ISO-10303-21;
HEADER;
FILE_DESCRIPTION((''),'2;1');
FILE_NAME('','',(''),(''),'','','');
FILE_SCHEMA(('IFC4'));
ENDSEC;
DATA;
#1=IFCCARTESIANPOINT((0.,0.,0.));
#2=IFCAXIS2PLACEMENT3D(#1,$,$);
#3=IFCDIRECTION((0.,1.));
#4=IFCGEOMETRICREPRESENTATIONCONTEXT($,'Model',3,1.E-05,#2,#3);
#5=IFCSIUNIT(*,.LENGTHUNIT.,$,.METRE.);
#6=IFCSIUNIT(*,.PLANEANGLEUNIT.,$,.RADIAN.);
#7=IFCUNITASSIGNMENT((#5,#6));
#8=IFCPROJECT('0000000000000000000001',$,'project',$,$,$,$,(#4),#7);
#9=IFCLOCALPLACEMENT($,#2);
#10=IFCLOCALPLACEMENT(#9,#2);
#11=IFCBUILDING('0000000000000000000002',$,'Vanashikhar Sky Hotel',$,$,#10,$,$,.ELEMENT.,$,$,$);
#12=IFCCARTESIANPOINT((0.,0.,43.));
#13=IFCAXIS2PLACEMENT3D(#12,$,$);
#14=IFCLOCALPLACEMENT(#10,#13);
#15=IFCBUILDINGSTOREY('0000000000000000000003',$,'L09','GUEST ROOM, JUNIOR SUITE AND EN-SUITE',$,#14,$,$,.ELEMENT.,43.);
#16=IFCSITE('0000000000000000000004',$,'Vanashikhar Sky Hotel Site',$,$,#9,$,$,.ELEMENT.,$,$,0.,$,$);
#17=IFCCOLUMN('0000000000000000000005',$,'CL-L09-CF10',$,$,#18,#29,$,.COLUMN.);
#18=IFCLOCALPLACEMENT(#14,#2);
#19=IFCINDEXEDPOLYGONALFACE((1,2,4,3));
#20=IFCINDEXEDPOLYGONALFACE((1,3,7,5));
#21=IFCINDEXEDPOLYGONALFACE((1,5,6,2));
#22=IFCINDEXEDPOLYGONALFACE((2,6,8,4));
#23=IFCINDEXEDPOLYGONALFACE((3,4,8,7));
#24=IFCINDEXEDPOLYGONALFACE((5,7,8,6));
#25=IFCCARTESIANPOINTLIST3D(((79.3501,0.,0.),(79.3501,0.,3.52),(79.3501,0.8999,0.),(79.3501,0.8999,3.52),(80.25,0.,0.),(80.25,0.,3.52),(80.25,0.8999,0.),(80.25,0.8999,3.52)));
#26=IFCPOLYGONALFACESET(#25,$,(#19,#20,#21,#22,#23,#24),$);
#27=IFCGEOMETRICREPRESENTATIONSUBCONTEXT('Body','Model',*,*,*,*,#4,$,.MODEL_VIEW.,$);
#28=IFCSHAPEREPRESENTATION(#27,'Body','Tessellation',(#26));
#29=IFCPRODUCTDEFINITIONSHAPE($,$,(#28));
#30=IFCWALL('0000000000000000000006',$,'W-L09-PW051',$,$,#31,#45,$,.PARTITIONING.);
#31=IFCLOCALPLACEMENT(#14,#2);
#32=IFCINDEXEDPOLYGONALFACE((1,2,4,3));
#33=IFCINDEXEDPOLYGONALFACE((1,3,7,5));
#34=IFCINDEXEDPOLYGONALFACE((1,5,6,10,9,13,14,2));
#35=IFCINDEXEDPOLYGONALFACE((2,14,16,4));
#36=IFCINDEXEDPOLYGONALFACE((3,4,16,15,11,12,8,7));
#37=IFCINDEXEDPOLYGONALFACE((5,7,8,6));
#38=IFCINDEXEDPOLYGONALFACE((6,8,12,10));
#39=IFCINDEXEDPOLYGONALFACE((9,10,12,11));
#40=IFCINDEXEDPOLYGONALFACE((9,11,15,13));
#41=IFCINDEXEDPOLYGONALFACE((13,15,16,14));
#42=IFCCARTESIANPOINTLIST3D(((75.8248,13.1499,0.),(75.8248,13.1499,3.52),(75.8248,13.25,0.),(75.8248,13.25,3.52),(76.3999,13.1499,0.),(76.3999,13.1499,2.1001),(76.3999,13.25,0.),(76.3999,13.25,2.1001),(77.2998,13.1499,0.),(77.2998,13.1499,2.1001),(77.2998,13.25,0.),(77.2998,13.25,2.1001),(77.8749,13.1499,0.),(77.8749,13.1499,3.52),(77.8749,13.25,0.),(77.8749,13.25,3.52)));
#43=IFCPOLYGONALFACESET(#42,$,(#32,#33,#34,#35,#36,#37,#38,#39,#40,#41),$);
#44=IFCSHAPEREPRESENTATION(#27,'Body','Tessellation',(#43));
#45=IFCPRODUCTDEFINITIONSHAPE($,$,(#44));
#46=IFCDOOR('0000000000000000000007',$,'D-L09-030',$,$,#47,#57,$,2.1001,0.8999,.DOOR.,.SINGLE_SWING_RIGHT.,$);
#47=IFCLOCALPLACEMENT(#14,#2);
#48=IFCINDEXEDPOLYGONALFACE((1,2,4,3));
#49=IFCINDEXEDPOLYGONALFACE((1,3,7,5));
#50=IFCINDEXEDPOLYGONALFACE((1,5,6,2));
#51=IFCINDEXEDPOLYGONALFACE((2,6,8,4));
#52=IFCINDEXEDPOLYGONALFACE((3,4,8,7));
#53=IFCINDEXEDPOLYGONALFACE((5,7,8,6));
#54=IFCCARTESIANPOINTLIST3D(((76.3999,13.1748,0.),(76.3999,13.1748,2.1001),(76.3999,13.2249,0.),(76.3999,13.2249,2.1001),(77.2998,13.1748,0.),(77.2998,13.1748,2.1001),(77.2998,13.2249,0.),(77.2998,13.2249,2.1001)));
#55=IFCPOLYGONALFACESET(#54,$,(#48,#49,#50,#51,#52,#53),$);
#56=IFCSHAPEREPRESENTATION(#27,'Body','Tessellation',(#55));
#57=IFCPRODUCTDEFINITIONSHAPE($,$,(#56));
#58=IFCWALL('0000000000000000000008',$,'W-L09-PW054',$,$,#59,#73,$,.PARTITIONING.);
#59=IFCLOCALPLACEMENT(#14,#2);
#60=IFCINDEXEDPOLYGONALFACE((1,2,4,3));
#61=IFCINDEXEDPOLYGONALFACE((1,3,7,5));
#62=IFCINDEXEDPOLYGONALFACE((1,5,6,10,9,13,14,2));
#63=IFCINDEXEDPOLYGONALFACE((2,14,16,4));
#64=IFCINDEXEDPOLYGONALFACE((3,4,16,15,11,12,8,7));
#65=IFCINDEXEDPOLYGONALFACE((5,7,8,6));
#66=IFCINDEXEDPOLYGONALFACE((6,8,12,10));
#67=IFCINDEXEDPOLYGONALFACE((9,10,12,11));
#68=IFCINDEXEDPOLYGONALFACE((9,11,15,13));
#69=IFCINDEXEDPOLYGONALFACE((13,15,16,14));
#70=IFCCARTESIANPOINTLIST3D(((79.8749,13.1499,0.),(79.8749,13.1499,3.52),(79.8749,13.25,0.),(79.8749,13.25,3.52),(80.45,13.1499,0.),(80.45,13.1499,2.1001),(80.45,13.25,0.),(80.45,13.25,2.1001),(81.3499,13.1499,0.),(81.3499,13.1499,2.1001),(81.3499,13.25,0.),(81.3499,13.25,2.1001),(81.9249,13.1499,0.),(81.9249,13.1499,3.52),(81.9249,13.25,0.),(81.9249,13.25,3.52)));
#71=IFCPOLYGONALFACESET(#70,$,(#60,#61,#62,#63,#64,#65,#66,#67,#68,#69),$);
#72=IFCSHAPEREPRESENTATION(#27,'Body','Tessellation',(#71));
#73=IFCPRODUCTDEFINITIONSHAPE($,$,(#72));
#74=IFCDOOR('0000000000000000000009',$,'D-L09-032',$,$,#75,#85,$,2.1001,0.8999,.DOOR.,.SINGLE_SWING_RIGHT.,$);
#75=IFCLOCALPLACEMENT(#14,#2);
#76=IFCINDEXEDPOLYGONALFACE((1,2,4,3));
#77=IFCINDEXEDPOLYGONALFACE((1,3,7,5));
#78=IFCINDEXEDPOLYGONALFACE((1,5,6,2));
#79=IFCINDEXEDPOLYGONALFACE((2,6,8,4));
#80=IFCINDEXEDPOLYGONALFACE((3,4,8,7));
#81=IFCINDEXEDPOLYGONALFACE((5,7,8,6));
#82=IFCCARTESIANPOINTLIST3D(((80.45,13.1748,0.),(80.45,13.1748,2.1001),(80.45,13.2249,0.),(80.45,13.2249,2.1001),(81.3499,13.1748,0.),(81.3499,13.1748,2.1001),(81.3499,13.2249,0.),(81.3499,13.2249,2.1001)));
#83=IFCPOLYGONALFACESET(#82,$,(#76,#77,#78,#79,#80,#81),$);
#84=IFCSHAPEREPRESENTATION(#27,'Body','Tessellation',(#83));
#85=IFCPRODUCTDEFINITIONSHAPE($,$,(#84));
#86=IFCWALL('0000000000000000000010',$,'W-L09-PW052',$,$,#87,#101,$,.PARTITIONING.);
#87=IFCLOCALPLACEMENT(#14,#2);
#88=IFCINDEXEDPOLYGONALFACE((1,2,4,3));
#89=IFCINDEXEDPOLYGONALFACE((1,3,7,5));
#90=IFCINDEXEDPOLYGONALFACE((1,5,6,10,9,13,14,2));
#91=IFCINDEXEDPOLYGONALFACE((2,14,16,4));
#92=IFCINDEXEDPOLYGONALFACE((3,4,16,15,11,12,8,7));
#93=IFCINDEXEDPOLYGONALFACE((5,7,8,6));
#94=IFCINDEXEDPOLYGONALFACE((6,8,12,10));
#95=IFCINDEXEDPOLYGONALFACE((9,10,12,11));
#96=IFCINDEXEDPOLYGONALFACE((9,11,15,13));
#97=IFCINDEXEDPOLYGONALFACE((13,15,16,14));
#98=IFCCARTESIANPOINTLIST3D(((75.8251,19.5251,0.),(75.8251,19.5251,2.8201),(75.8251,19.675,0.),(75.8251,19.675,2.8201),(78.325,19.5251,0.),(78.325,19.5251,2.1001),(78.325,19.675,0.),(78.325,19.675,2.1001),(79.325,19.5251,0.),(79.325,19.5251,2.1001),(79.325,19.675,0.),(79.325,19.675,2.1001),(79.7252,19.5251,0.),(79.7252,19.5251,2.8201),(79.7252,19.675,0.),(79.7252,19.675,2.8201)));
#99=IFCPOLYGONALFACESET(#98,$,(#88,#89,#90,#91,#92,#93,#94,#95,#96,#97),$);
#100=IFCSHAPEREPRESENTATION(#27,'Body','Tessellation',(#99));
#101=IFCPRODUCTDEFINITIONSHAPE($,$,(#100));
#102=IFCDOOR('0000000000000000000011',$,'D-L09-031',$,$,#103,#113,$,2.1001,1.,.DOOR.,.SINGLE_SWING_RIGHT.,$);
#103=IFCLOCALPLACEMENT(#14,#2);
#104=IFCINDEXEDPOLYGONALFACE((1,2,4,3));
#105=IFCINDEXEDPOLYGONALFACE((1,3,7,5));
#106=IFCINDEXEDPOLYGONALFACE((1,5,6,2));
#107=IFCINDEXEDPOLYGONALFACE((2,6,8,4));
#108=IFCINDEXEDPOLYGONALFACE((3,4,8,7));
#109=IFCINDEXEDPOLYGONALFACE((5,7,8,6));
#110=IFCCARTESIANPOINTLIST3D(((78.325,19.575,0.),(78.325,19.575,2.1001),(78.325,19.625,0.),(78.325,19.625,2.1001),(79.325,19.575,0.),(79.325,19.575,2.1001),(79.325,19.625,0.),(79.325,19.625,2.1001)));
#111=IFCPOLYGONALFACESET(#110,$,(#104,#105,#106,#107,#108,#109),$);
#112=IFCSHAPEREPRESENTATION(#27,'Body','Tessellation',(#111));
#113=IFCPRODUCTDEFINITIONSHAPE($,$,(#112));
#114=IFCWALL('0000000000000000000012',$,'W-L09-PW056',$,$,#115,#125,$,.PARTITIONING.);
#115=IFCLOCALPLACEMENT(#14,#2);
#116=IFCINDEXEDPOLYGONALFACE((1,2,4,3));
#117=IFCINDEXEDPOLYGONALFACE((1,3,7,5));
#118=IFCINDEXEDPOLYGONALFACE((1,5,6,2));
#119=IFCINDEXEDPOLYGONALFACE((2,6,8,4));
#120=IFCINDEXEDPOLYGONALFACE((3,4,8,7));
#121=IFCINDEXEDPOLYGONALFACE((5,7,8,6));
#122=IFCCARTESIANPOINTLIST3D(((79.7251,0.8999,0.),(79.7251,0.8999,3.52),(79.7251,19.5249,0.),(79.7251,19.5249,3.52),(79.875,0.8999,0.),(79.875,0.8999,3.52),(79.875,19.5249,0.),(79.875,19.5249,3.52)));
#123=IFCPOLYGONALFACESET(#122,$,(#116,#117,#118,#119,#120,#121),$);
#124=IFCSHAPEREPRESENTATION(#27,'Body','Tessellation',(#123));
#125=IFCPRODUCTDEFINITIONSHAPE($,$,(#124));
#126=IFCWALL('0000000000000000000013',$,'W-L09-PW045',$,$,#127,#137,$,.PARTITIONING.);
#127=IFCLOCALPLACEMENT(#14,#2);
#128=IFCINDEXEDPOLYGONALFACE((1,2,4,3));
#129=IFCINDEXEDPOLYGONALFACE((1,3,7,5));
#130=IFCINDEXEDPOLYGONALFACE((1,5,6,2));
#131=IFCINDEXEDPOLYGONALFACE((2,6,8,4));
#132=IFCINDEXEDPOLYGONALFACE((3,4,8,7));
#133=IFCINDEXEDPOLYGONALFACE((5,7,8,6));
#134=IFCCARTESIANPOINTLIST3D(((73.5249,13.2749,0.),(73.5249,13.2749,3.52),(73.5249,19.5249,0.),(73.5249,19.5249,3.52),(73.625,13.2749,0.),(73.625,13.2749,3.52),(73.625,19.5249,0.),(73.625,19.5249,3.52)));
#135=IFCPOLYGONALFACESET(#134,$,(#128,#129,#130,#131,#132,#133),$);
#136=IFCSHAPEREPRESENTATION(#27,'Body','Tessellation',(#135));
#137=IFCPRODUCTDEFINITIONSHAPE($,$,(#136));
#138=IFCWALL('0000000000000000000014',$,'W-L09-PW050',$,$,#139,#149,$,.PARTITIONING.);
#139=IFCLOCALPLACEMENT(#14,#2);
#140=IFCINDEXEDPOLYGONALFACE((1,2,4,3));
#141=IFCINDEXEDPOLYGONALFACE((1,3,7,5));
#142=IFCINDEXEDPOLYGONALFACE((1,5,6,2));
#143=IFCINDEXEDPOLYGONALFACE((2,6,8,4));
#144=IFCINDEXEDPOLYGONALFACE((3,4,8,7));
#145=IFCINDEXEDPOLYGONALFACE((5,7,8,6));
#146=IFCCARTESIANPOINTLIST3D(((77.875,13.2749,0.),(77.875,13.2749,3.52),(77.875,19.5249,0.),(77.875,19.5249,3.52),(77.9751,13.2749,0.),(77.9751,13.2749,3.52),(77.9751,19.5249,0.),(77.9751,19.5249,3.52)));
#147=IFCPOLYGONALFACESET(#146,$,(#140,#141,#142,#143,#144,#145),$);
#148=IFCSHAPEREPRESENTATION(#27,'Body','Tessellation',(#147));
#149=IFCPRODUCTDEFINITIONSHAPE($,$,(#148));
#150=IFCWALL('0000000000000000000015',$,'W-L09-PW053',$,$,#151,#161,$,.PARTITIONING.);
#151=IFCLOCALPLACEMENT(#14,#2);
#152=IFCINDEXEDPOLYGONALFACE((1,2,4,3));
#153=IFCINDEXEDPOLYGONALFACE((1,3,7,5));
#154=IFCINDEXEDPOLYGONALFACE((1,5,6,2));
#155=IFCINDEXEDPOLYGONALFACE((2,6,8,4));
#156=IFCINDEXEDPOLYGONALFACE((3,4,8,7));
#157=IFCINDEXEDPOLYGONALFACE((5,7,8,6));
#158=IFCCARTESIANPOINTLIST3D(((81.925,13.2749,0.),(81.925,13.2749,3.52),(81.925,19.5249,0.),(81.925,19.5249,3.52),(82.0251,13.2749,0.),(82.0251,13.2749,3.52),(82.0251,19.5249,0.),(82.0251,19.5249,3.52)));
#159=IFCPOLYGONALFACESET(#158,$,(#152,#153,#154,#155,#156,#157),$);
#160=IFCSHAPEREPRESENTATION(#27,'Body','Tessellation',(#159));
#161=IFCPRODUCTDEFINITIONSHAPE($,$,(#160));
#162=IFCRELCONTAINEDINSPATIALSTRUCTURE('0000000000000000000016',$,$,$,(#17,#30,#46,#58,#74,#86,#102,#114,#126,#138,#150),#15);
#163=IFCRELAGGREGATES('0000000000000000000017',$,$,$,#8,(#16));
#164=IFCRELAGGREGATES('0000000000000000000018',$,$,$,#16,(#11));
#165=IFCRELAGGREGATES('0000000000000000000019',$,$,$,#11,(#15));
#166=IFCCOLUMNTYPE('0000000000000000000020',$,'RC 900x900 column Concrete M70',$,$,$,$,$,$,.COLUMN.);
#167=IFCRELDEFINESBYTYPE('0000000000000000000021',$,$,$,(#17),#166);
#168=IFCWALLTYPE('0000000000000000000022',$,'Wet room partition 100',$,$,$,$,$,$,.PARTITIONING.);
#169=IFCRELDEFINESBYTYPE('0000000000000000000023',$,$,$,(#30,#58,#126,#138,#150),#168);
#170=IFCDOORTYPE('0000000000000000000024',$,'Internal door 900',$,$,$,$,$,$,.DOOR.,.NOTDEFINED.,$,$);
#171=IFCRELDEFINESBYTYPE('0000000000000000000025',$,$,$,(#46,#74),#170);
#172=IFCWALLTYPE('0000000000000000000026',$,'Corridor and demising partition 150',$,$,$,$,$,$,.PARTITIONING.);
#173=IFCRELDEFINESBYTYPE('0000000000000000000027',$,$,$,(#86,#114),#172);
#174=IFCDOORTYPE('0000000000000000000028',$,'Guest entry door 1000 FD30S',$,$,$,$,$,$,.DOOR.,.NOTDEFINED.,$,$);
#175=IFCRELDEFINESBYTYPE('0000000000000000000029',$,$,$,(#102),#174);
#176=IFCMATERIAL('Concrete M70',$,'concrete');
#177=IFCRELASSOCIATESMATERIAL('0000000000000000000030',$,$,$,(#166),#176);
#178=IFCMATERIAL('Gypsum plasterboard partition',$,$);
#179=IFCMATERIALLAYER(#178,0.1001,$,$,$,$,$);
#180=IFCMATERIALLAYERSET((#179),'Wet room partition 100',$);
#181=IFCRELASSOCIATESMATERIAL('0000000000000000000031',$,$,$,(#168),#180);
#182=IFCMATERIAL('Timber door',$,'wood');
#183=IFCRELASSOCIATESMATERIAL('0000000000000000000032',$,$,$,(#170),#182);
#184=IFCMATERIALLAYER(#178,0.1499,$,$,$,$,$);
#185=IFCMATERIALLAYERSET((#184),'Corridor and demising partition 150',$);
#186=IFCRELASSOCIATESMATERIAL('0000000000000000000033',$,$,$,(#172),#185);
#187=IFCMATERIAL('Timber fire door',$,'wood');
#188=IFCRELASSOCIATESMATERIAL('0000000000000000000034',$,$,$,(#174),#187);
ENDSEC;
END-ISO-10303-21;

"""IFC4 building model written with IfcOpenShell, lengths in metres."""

from ifc_helpers import new_model, si_unit, direction, frame, frame_2d, origin, origin_2d, place, context, subcontext, project, spatial, rectangle, extrude, source, transform, mapped, material, layer, layer_set, material_profile, profile_set, type_object, element, fill, save


model = new_model("IFC4")

# Units and contexts
model_context = context("Model", 3, precision=1e-05, world=origin(), true_north=direction((0.0, 1.0)))
body_context = subcontext(model_context, "Body", "Model", "MODEL_VIEW")
ifc_project = project(units=[si_unit("LENGTHUNIT", "METRE"), si_unit("PLANEANGLEUNIT", "RADIAN")], contexts=[model_context])

# Site, building, storey
site_placement = place(None, origin())
site = spatial("IfcSite", under=ifc_project, at=site_placement, Name="Vanashikhar Sky Hotel Site", CompositionType="ELEMENT", RefElevation=0.0)
building_placement = place(site_placement, origin())
building = spatial("IfcBuilding", under=site, at=building_placement, Name="Vanashikhar Sky Hotel", CompositionType="ELEMENT")
storey_placement = place(building_placement, frame((0.0, 0.0, 43.0)))
storey = spatial("IfcBuildingStorey", under=building, at=storey_placement, Name="L09", Description="GUEST ROOM, JUNIOR SUITE AND EN-SUITE", CompositionType="ELEMENT", Elevation=43.0)

# Column
ifc_material_1 = material(Name="Concrete M70", Category="concrete")
ifc_material_profile = material_profile(ifc_material_1, rectangle(XDim=0.8999, YDim=0.8999, at=origin_2d()))
ifc_profile_set = profile_set([ifc_material_profile], Name="RC 900x900 column Concrete M70")
column_type = type_object("IfcColumnType", Name="RC 900x900 column Concrete M70", PredefinedType="COLUMN", material=ifc_profile_set)
shared_shape_1 = source(origin(), body_context, "Body", "SweptSolid", [
    extrude(rectangle(XDim=0.8999, YDim=0.8999, at=origin_2d()), origin(), (0.0, 0.0, 1.0), 3.52),
])
column_placement = place(storey_placement, frame((79.8, 0.45, 0.0), z_axis=(0.0, 0.0, 1.0), x_axis=(1.0, 0.0, 0.0)))
element("IfcColumn", 1, at=column_placement, inside=storey, type_object=column_type, Name="CL-L09-CF10", PredefinedType="COLUMN", context=body_context, shape_type="MappedRepresentation", body=[
    mapped(shared_shape_1, transform((0.0, 0.0, 0.0), scale=1.0)),
])

# Walls, openings, doors
ifc_material_2 = material(Name="Gypsum plasterboard partition")
ifc_layer_1 = layer(ifc_material_2, 0.1001)
ifc_layer_set_1 = layer_set([ifc_layer_1], Name="Wet room partition 100")
wall_type_1 = type_object("IfcWallType", Name="Wet room partition 100", PredefinedType="PARTITIONING", material=ifc_layer_set_1)
shared_shape_2 = source(origin(), body_context, "Body", "SweptSolid", [
    extrude(rectangle(XDim=2.05, YDim=0.1001, at=frame_2d((1.0249, 0.0))), origin(), (0.0, 0.0, 1.0), 3.52),
])
wall_1_placement = place(storey_placement, frame((75.825, 13.2, 0.0), z_axis=(0.0, 0.0, 1.0), x_axis=(1.0, 0.0, 0.0)))
wall_1 = element("IfcWall", 2, at=wall_1_placement, inside=storey, type_object=wall_type_1, Name="W-L09-PW051", PredefinedType="PARTITIONING", context=body_context, shape_type="MappedRepresentation", body=[
    mapped(shared_shape_2, transform((0.0, 0.0, 0.0), scale=1.0)),
])
shared_shape_3 = source(origin(), body_context, "Body", "SweptSolid", [
    extrude(rectangle(XDim=0.8999, YDim=2.1001, at=frame_2d((0.45, 1.05))), frame((0.0, 0.0601, 0.0), z_axis=(0.0, -1.0, 0.0), x_axis=(1.0, 0.0, 0.0)), (0.0, 0.0, 1.0), 0.1201),
])
opening_1_placement = place(wall_1_placement, frame((0.575, 0.0, 0.0)))
opening_1 = element("IfcOpeningElement", 3, at=opening_1_placement, cuts=wall_1, PredefinedType="OPENING", context=body_context, shape_type="MappedRepresentation", body=[
    mapped(shared_shape_3, transform((0.0, 0.0, 0.0), scale=1.0)),
])
ifc_material_3 = material(Name="Timber door", Category="wood")
door_type_1 = type_object("IfcDoorType", Name="Internal door 900", OperationType="NOTDEFINED", PredefinedType="DOOR", material=ifc_material_3)
shared_shape_4 = source(origin(), body_context, "Body", "SweptSolid", [
    extrude(rectangle(XDim=0.8999, YDim=2.1001, at=frame_2d((0.45, 1.05))), frame((0.0, 0.0249, 0.0), z_axis=(0.0, -1.0, 0.0), x_axis=(1.0, 0.0, 0.0)), (0.0, 0.0, 1.0), 0.05),
])
door_1_placement = place(opening_1_placement, origin())
door_1 = element("IfcDoor", 4, at=door_1_placement, inside=storey, type_object=door_type_1, Name="D-L09-030", OperationType="SINGLE_SWING_RIGHT", OverallHeight=2.1001, OverallWidth=0.8999, PredefinedType="DOOR", context=body_context, shape_type="MappedRepresentation", body=[
    mapped(shared_shape_4, transform((0.0, 0.0, 0.0), scale=1.0)),
])
fill(opening_1, door_1)
wall_2_placement = place(storey_placement, frame((79.875, 13.2, 0.0), z_axis=(0.0, 0.0, 1.0), x_axis=(1.0, 0.0, 0.0)))
wall_2 = element("IfcWall", 5, at=wall_2_placement, inside=storey, type_object=wall_type_1, Name="W-L09-PW054", PredefinedType="PARTITIONING", context=body_context, shape_type="MappedRepresentation", body=[
    mapped(shared_shape_2, transform((0.0, 0.0, 0.0), scale=1.0)),
])
opening_2_placement = place(wall_2_placement, frame((0.575, 0.0, 0.0)))
opening_2 = element("IfcOpeningElement", 6, at=opening_2_placement, cuts=wall_2, PredefinedType="OPENING", context=body_context, shape_type="MappedRepresentation", body=[
    mapped(shared_shape_3, transform((0.0, 0.0, 0.0), scale=1.0)),
])
door_2_placement = place(opening_2_placement, origin())
door_2 = element("IfcDoor", 7, at=door_2_placement, inside=storey, type_object=door_type_1, Name="D-L09-032", OperationType="SINGLE_SWING_RIGHT", OverallHeight=2.1001, OverallWidth=0.8999, PredefinedType="DOOR", context=body_context, shape_type="MappedRepresentation", body=[
    mapped(shared_shape_4, transform((0.0, 0.0, 0.0), scale=1.0)),
])
fill(opening_2, door_2)
ifc_layer_2 = layer(ifc_material_2, 0.1499)
ifc_layer_set_2 = layer_set([ifc_layer_2], Name="Corridor and demising partition 150")
wall_type_2 = type_object("IfcWallType", Name="Corridor and demising partition 150", PredefinedType="PARTITIONING", material=ifc_layer_set_2)
shared_shape_5 = source(origin(), body_context, "Body", "SweptSolid", [
    extrude(rectangle(XDim=3.9001, YDim=0.1499, at=frame_2d((1.9502, 0.0))), origin(), (0.0, 0.0, 1.0), 2.8201),
])
wall_3_placement = place(storey_placement, frame((75.825, 19.6001, 0.0), z_axis=(0.0, 0.0, 1.0), x_axis=(1.0, 0.0, 0.0)))
wall_3 = element("IfcWall", 8, at=wall_3_placement, inside=storey, type_object=wall_type_2, Name="W-L09-PW052", PredefinedType="PARTITIONING", context=body_context, shape_type="MappedRepresentation", body=[
    mapped(shared_shape_5, transform((0.0, 0.0, 0.0), scale=1.0)),
])
shared_shape_6 = source(origin(), body_context, "Body", "SweptSolid", [
    extrude(rectangle(XDim=1.0, YDim=2.1001, at=frame_2d((0.5, 1.05))), frame((0.0, 0.085, 0.0), z_axis=(0.0, -1.0, 0.0), x_axis=(1.0, 0.0, 0.0)), (0.0, 0.0, 1.0), 0.1699),
])
opening_3_placement = place(wall_3_placement, frame((2.5, 0.0, 0.0)))
opening_3 = element("IfcOpeningElement", 9, at=opening_3_placement, cuts=wall_3, PredefinedType="OPENING", context=body_context, shape_type="MappedRepresentation", body=[
    mapped(shared_shape_6, transform((0.0, 0.0, 0.0), scale=1.0)),
])
ifc_material_4 = material(Name="Timber fire door", Category="wood")
door_type_2 = type_object("IfcDoorType", Name="Guest entry door 1000 FD30S", OperationType="NOTDEFINED", PredefinedType="DOOR", material=ifc_material_4)
shared_shape_7 = source(origin(), body_context, "Body", "SweptSolid", [
    extrude(rectangle(XDim=1.0, YDim=2.1001, at=frame_2d((0.5, 1.05))), frame((0.0, 0.0249, 0.0), z_axis=(0.0, -1.0, 0.0), x_axis=(1.0, 0.0, 0.0)), (0.0, 0.0, 1.0), 0.05),
])
door_3_placement = place(opening_3_placement, origin())
door_3 = element("IfcDoor", 10, at=door_3_placement, inside=storey, type_object=door_type_2, Name="D-L09-031", OperationType="SINGLE_SWING_RIGHT", OverallHeight=2.1001, OverallWidth=1.0, PredefinedType="DOOR", context=body_context, shape_type="MappedRepresentation", body=[
    mapped(shared_shape_7, transform((0.0, 0.0, 0.0), scale=1.0)),
])
fill(opening_3, door_3)

# Walls
shared_shape_8 = source(origin(), body_context, "Body", "SweptSolid", [
    extrude(rectangle(XDim=18.625, YDim=0.1499, at=frame_2d((9.3125, 0.0))), origin(), (0.0, 0.0, 1.0), 3.52),
])
wall_4_placement = place(storey_placement, frame((79.8, 0.8999, 0.0), z_axis=(0.0, 0.0, 1.0), x_axis=(0.0, 1.0, 0.0)))
element("IfcWall", 11, at=wall_4_placement, inside=storey, type_object=wall_type_2, Name="W-L09-PW056", PredefinedType="PARTITIONING", context=body_context, shape_type="MappedRepresentation", body=[
    mapped(shared_shape_8, transform((0.0, 0.0, 0.0), scale=1.0)),
])
shared_shape_9 = source(origin(), body_context, "Body", "SweptSolid", [
    extrude(rectangle(XDim=6.25, YDim=0.1001, at=frame_2d((3.125, 0.0))), origin(), (0.0, 0.0, 1.0), 3.52),
])
for number, where, z_axis, x_axis, name in (
    (12, (73.575, 13.2749, 0.0), (0.0, 0.0, 1.0), (0.0, 1.0, 0.0), "W-L09-PW045"),
    (13, (77.925, 13.2749, 0.0), (0.0, 0.0, 1.0), (0.0, 1.0, 0.0), "W-L09-PW050"),
    (14, (81.9751, 13.2749, 0.0), (0.0, 0.0, 1.0), (0.0, 1.0, 0.0), "W-L09-PW053"),
):
    element("IfcWall", number, at=place(storey_placement, frame(where, z_axis=z_axis, x_axis=x_axis)), inside=storey, type_object=wall_type_1, Name=name, PredefinedType="PARTITIONING", context=body_context, shape_type="MappedRepresentation", body=[
        mapped(shared_shape_9, transform((0.0, 0.0, 0.0), scale=1.0)),
    ])

save(model, "model.ifc")
